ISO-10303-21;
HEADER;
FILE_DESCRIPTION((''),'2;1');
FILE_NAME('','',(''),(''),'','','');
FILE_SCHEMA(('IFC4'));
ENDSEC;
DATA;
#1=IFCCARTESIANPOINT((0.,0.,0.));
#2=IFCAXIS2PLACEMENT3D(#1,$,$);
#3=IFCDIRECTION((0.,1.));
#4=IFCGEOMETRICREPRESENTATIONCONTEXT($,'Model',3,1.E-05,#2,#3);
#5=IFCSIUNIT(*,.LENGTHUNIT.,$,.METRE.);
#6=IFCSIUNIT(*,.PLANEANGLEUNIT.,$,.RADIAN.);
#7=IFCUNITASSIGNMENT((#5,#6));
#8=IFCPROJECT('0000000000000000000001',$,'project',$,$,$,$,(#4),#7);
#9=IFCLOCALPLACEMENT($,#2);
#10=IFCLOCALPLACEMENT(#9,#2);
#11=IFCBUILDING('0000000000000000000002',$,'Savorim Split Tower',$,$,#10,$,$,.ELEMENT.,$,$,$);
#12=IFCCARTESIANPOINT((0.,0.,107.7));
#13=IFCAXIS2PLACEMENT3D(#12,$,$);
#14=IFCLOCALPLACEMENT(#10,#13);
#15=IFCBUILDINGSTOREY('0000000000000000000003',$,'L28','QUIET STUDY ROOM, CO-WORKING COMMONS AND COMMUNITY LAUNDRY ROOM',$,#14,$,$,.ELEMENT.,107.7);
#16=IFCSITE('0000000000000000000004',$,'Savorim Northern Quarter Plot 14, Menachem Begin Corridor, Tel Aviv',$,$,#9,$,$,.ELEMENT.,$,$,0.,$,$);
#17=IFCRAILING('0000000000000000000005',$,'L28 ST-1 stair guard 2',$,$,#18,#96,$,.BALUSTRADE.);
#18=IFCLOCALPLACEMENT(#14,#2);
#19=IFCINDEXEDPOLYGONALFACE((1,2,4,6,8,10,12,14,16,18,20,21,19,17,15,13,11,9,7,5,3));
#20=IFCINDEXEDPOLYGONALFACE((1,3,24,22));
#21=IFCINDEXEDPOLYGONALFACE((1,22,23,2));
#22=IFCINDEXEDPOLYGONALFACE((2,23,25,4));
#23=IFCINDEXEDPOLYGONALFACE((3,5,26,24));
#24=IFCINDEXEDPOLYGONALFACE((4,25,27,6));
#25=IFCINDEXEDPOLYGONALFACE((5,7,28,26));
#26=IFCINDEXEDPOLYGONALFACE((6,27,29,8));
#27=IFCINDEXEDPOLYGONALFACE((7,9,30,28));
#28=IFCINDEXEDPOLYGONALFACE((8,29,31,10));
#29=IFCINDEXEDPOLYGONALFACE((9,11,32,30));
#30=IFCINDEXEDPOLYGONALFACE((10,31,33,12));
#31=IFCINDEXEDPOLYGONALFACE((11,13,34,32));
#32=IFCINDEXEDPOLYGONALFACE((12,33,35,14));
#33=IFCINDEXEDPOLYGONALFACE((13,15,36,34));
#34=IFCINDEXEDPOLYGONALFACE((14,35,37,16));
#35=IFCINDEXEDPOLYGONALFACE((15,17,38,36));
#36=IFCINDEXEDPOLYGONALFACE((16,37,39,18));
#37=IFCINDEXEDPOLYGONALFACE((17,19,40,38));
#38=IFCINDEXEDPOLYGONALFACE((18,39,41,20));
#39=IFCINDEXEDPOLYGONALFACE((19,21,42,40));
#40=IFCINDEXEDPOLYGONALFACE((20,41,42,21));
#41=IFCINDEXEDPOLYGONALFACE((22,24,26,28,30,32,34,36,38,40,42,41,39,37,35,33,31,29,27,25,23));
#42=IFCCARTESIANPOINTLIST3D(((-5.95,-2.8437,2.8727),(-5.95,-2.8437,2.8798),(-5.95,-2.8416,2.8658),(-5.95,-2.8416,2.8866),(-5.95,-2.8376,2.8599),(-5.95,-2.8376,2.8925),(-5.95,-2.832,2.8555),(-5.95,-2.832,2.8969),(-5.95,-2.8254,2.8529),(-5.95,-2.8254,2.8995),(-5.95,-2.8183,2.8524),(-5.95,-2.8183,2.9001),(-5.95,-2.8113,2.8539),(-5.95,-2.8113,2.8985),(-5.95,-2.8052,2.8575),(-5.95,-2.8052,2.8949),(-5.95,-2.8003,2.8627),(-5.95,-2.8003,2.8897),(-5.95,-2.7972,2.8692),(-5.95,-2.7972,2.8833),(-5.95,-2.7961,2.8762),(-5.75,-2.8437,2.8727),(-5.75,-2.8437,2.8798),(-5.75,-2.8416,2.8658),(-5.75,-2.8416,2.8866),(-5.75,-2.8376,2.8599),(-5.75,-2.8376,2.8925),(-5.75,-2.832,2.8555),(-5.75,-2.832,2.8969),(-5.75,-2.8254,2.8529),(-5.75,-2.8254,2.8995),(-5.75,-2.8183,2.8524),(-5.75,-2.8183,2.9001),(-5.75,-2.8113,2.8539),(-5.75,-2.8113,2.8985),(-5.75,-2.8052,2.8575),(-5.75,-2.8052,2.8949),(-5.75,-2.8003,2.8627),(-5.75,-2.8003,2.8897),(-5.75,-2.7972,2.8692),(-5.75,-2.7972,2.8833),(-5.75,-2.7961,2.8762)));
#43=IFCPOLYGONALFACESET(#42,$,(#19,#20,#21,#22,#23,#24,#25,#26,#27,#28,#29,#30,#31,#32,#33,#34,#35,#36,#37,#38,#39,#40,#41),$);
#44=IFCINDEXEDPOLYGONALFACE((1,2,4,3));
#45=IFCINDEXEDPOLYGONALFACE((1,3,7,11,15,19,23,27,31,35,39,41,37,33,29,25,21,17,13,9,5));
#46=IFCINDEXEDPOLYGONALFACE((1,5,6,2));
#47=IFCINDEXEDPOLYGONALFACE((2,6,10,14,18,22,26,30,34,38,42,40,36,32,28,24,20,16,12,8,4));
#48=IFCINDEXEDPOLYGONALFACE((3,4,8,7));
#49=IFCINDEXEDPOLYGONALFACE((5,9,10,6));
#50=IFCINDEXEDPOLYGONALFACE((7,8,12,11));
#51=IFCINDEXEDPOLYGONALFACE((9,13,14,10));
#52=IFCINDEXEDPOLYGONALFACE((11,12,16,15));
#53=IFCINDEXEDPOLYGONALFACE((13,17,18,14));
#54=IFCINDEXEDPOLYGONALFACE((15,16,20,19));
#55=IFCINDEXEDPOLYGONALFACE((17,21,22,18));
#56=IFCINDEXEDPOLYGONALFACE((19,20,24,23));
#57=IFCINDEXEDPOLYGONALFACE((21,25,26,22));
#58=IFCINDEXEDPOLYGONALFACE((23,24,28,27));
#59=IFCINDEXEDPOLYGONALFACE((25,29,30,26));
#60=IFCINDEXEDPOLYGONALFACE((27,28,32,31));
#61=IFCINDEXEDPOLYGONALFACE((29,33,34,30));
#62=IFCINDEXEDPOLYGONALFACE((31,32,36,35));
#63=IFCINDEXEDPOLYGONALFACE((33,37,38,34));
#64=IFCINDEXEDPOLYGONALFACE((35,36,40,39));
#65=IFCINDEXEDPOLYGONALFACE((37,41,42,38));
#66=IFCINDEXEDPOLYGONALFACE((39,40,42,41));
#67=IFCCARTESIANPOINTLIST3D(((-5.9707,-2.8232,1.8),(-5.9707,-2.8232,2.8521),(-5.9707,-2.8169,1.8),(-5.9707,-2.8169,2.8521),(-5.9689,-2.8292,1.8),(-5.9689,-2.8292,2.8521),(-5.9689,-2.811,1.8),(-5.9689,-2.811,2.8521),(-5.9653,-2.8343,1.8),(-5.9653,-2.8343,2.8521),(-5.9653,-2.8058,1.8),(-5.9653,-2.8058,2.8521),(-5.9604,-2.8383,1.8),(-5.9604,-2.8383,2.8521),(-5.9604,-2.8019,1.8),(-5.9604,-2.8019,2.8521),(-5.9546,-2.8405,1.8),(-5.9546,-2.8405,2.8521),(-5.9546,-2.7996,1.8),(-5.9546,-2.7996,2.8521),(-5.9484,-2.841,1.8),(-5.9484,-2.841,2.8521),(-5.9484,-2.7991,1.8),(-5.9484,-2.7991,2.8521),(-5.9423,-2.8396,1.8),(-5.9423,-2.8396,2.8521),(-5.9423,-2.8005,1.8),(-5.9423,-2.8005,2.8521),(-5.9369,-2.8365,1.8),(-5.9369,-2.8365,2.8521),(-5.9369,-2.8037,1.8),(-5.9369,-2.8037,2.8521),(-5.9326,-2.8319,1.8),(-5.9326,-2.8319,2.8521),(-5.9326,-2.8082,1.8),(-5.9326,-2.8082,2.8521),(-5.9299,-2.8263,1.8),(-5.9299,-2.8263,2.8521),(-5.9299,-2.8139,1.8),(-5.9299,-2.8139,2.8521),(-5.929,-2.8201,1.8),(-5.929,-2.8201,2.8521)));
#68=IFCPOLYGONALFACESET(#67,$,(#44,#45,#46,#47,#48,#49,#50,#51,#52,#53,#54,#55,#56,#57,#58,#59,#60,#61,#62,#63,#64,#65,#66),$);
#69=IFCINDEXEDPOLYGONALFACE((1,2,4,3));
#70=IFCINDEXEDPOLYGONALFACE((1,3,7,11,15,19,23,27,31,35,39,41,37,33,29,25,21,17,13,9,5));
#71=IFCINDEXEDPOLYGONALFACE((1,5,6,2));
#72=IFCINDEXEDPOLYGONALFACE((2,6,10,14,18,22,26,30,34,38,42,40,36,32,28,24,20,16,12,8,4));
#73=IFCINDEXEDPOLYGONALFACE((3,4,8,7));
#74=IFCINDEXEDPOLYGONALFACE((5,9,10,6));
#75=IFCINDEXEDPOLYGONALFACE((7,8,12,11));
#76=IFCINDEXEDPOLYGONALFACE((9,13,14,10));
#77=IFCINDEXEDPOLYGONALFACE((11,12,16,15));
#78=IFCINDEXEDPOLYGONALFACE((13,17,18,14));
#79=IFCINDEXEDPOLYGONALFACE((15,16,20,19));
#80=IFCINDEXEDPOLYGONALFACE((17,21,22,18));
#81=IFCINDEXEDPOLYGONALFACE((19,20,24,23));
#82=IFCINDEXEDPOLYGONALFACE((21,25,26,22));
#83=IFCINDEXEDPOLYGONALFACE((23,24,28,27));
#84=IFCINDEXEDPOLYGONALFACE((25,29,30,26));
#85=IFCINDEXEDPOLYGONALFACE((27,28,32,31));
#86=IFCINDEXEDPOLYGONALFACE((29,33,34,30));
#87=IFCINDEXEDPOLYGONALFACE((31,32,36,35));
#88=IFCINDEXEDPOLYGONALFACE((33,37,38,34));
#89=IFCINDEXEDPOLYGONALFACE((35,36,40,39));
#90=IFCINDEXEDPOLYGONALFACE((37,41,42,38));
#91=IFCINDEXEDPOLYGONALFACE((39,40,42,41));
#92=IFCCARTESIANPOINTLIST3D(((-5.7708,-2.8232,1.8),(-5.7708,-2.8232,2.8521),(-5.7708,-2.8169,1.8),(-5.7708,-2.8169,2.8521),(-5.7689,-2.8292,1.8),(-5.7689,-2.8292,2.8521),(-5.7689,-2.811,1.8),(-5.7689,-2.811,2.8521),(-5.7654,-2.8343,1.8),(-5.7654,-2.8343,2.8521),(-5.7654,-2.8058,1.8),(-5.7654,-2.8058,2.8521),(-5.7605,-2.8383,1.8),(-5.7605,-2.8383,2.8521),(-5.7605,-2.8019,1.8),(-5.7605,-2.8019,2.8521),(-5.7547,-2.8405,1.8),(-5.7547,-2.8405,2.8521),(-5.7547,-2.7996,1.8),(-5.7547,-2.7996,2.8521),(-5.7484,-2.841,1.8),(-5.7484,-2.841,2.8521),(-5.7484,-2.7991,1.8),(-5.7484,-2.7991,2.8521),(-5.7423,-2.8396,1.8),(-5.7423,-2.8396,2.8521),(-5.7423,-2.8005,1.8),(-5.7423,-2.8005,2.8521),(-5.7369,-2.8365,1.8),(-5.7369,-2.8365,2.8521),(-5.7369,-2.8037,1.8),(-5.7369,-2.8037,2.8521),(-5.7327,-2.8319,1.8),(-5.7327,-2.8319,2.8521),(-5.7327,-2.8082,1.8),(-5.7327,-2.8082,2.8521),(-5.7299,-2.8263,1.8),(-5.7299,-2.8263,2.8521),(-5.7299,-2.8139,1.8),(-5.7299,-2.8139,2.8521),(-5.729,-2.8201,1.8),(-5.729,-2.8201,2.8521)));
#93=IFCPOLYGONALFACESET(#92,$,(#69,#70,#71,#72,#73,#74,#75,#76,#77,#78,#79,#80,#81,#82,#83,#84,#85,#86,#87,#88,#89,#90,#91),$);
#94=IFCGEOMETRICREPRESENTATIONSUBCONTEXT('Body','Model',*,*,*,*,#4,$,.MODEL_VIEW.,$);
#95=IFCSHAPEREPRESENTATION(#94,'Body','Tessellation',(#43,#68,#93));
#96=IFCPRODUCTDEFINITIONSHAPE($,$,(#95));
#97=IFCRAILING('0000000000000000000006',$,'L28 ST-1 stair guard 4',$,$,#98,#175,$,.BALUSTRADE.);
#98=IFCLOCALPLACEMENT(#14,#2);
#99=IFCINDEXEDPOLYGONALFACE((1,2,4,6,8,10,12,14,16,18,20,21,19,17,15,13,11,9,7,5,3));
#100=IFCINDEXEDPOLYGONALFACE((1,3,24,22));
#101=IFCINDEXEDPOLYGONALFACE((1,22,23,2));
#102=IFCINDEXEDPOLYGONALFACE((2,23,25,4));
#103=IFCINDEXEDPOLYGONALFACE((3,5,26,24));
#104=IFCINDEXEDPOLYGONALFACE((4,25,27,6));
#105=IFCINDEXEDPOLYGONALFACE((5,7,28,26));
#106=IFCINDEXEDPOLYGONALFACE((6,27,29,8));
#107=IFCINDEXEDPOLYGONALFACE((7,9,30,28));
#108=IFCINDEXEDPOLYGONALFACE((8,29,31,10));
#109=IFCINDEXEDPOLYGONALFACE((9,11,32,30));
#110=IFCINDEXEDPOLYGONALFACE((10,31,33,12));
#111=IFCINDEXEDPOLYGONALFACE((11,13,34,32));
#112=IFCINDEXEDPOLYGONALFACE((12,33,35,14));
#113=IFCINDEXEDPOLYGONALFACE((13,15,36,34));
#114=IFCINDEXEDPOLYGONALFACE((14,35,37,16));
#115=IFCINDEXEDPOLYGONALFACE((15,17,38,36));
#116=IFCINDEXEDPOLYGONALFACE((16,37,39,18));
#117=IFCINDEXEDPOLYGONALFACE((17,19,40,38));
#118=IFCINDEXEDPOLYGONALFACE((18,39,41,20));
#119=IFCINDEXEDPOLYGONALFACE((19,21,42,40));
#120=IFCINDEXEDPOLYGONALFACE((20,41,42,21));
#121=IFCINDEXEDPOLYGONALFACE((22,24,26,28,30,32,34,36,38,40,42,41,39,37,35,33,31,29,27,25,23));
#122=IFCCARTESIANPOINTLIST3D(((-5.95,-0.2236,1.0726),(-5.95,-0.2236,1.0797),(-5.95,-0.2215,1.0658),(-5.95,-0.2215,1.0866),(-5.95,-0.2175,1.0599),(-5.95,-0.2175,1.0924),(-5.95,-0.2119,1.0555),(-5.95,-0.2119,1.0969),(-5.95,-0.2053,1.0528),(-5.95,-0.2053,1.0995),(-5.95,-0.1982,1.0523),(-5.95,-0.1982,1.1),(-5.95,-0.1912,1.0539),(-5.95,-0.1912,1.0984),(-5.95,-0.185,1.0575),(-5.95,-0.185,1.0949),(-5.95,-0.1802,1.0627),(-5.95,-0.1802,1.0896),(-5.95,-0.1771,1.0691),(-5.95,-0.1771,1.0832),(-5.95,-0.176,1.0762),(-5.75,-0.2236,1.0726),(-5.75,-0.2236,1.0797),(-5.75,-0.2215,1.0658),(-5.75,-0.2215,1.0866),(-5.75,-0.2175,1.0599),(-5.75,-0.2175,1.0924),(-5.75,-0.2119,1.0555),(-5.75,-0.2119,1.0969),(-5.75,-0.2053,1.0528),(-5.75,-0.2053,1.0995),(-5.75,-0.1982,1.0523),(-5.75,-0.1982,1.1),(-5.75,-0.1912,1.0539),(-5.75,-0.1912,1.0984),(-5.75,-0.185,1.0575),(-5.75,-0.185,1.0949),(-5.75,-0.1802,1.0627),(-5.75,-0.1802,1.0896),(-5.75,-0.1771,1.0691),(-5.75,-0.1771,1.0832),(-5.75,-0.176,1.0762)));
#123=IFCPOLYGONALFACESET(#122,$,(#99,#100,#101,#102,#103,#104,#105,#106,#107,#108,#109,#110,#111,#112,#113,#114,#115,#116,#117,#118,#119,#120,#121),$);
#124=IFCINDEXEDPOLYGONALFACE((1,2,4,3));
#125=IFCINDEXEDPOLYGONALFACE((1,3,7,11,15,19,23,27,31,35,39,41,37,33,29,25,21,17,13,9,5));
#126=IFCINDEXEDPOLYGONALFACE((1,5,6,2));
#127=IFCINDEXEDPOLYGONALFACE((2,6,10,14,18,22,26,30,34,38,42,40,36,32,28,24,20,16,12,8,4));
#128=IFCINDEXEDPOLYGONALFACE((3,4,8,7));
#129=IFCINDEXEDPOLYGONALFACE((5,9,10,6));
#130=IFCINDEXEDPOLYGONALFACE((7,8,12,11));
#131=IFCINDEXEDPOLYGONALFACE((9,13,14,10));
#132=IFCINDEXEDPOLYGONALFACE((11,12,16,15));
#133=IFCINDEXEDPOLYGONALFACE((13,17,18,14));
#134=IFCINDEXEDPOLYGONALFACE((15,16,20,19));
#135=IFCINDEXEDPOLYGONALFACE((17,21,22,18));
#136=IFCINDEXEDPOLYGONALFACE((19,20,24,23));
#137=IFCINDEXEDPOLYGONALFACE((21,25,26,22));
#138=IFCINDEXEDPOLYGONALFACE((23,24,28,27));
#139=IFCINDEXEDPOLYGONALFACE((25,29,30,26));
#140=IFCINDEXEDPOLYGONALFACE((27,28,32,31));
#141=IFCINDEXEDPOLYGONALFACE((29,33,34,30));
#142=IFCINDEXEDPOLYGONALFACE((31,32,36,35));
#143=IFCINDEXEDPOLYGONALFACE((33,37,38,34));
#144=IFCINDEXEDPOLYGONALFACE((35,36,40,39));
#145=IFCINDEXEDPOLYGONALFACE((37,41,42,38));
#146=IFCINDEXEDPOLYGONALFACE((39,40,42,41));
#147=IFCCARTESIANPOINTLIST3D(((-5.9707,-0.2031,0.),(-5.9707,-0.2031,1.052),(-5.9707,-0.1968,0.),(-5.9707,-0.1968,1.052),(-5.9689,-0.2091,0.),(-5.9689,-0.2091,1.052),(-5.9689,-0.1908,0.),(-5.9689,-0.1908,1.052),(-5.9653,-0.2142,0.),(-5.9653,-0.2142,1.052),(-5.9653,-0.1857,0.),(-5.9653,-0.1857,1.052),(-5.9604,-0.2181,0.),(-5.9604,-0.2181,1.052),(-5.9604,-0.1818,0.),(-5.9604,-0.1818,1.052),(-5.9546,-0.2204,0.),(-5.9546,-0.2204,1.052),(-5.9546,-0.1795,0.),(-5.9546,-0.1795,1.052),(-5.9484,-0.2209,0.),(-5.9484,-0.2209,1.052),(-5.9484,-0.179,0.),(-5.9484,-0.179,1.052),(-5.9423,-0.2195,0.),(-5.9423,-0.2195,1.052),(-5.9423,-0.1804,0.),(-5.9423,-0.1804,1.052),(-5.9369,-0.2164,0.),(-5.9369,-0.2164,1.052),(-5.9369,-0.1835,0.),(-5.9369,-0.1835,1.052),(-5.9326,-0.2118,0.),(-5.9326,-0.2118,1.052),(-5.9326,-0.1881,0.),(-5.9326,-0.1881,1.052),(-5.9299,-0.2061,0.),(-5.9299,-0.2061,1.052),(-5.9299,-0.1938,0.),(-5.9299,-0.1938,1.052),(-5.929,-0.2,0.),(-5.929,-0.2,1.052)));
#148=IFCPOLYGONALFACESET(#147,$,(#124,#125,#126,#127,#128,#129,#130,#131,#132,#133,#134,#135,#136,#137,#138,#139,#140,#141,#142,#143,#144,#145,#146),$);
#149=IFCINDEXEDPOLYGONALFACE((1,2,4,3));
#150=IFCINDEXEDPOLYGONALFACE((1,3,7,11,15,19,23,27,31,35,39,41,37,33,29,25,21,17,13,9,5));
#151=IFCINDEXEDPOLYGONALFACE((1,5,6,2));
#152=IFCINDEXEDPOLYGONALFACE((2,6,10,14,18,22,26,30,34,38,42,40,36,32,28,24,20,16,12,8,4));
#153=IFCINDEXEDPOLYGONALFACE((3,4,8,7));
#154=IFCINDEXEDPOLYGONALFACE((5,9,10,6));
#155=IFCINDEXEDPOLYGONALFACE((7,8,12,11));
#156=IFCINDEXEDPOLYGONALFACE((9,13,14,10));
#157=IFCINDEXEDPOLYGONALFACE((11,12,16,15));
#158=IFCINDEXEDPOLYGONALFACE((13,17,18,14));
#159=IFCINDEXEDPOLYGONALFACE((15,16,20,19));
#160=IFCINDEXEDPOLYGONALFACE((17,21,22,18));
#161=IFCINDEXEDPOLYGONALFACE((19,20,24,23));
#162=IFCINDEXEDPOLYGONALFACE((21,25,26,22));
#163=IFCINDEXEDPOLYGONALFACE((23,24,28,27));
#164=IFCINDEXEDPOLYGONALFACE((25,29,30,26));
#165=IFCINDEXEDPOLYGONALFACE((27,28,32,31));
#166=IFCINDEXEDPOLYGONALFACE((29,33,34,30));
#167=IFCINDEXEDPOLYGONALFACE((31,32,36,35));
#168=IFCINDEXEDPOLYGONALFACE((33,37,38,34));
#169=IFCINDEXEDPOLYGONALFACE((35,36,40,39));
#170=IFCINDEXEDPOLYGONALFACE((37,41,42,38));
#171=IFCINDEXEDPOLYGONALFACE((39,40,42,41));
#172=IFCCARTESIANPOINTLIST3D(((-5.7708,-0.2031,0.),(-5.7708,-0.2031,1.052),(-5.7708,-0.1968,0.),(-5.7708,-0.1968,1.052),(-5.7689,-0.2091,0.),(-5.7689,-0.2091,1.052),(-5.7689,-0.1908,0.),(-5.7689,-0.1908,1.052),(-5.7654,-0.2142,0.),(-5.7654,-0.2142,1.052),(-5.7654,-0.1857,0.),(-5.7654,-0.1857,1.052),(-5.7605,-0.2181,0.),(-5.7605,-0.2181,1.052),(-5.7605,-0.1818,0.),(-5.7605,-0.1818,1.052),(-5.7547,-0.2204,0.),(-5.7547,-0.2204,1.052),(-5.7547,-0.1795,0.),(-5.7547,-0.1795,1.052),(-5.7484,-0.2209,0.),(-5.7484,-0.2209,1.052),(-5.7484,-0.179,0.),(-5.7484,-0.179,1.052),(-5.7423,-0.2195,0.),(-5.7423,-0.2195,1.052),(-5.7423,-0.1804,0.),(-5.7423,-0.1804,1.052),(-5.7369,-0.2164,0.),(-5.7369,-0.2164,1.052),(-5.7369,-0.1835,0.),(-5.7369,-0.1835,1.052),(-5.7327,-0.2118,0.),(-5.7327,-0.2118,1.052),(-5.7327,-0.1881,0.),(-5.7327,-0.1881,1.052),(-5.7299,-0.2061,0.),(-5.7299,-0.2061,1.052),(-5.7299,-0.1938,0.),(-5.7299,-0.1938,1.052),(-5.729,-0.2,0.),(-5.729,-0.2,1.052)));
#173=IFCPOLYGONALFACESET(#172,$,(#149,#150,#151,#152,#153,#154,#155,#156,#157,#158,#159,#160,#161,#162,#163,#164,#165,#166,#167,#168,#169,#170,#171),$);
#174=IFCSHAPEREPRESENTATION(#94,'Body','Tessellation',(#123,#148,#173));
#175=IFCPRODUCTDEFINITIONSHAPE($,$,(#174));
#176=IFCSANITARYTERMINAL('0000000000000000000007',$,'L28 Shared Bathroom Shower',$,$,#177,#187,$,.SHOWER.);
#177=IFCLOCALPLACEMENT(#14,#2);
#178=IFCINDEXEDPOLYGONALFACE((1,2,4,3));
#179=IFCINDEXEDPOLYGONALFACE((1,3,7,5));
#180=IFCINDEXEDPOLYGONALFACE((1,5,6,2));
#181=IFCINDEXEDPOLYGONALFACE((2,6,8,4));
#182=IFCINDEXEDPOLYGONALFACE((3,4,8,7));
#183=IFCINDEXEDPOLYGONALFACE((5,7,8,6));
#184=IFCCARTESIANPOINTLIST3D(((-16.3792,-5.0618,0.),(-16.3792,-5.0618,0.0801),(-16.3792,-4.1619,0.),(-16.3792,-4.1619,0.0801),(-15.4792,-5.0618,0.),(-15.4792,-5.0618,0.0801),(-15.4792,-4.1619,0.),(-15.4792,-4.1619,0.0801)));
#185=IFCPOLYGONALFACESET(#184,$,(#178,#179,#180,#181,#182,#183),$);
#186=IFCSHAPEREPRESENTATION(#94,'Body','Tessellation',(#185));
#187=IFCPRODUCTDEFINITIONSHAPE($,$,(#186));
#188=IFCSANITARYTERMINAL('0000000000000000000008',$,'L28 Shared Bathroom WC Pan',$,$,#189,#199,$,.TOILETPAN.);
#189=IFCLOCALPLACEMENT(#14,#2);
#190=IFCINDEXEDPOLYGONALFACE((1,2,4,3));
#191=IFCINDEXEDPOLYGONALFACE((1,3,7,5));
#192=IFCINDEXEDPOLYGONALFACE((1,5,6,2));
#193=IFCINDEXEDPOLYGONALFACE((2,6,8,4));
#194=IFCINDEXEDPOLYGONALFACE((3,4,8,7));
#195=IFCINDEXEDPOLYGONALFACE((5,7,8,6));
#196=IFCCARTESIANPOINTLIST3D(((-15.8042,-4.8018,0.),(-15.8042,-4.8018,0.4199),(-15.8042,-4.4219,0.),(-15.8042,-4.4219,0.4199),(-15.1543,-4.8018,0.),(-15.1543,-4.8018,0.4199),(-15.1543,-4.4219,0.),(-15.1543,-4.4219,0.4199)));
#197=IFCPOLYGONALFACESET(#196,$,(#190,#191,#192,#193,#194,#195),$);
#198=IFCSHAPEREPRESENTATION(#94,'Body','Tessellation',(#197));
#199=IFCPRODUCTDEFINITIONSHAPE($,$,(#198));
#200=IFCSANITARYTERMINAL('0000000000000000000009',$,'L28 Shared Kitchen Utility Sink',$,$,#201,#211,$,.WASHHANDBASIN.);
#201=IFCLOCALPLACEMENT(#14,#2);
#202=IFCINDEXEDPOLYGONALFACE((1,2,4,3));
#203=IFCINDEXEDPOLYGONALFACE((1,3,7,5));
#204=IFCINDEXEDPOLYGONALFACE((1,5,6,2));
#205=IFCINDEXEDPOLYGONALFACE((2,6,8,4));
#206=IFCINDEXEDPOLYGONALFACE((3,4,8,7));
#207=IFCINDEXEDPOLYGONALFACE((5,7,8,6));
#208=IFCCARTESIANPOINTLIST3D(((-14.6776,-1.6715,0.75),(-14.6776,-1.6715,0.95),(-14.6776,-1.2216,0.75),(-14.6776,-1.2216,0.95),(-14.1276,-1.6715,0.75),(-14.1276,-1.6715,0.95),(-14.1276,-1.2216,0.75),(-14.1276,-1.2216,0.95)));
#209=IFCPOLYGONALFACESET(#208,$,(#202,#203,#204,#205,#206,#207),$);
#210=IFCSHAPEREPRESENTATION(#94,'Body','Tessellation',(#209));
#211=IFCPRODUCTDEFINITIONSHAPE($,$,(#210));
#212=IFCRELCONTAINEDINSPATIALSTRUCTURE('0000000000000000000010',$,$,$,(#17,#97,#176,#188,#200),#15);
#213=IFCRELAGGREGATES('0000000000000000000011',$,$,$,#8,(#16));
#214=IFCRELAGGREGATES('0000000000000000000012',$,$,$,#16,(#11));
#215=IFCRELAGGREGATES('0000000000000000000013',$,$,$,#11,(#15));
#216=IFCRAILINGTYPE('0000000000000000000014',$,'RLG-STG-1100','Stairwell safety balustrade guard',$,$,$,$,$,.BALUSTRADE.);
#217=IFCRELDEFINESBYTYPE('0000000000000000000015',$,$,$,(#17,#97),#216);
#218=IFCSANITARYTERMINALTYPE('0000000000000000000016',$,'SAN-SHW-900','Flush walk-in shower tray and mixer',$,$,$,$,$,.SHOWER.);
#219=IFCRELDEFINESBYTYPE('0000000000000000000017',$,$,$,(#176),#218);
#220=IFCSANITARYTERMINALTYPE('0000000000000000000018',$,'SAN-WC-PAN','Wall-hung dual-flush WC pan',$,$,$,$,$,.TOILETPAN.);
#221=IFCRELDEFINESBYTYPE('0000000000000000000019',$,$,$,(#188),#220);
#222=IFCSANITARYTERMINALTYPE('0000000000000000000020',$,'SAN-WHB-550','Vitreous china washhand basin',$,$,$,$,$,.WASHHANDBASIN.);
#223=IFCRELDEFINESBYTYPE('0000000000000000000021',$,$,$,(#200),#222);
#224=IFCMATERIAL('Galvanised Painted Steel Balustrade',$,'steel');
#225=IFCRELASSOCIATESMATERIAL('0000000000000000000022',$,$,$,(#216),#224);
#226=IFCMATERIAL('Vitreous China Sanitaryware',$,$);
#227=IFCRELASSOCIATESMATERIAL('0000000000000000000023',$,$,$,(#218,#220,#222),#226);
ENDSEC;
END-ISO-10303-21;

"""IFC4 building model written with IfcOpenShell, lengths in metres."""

from ifc_helpers import new_model, si_unit, direction, frame, origin, origin_2d, place, context, subcontext, project, spatial, rectangle, circle, extrude, material, type_object, element, save


model = new_model("IFC4")

# Units and contexts
model_context = context("Model", 3, precision=1e-05, world=origin(), true_north=direction((0.0, 1.0)))
body_context = subcontext(model_context, "Body", "Model", "MODEL_VIEW")
ifc_project = project(units=[si_unit("LENGTHUNIT", "METRE"), si_unit("PLANEANGLEUNIT", "RADIAN")], contexts=[model_context])

# Site, building, storey
site_placement = place(None, origin())
site = spatial("IfcSite", under=ifc_project, at=site_placement, Name="Savorim Northern Quarter Plot 14, Menachem Begin Corridor, Tel Aviv", CompositionType="ELEMENT", RefElevation=0.0)
building_placement = place(site_placement, origin())
building = spatial("IfcBuilding", under=site, at=building_placement, Name="Savorim Split Tower", CompositionType="ELEMENT")
storey_placement = place(building_placement, frame((0.0, 0.0, 107.7)))
storey = spatial("IfcBuildingStorey", under=building, at=storey_placement, Name="L28", Description="QUIET STUDY ROOM, CO-WORKING COMMONS AND COMMUNITY LAUNDRY ROOM", CompositionType="ELEMENT", Elevation=107.7)

# Railings
ifc_material_1 = material(Name="Galvanised Painted Steel Balustrade", Category="steel")
railing_type_1 = type_object("IfcRailingType", Name="RLG-STG-1100", Description="Stairwell safety balustrade guard", PredefinedType="BALUSTRADE", material=ifc_material_1)
for number, where, name in (
    (1, (-5.95, -2.8201, 1.8), "L28 ST-1 stair guard 2"),
    (2, (-5.95, -0.2, 0.0), "L28 ST-1 stair guard 4"),
):
    element("IfcRailing", number, at=place(storey_placement, frame(where)), inside=storey, type_object=railing_type_1, Name=name, PredefinedType="BALUSTRADE", context=body_context, shape_type="SweptSolid", body=[
        extrude(circle(Radius=0.0239, at=origin_2d()), frame((0.0, 0.0, 1.0762), z_axis=(1.0, 0.0, 0.0), x_axis=(0.0, 1.0, 0.0)), (0.0, 0.0, 1.0), 0.2),
        extrude(circle(Radius=0.021, at=origin_2d()), origin(), (0.0, 0.0, 1.0), 1.052),
        extrude(circle(Radius=0.021, at=origin_2d()), frame((0.2, 0.0, 0.0)), (0.0, 0.0, 1.0), 1.052),
    ])

# Sanitary terminals
ifc_material_2 = material(Name="Vitreous China Sanitaryware")
sanitary_terminal_type_1 = type_object("IfcSanitaryTerminalType", Name="SAN-SHW-900", Description="Flush walk-in shower tray and mixer", PredefinedType="SHOWER", material=ifc_material_2)
sanitary_terminal_1_placement = place(storey_placement, frame((-15.9292, -4.6118, 0.0), z_axis=(0.0, 0.0, 1.0), x_axis=(1.0, 0.0, 0.0)))
element("IfcSanitaryTerminal", 3, at=sanitary_terminal_1_placement, inside=storey, type_object=sanitary_terminal_type_1, Name="L28 Shared Bathroom Shower", PredefinedType="SHOWER", context=body_context, shape_type="SweptSolid", body=[
    extrude(rectangle(XDim=0.8999, YDim=0.8999, at=origin_2d()), origin(), (0.0, 0.0, 1.0), 0.0801),
])
sanitary_terminal_type_2 = type_object("IfcSanitaryTerminalType", Name="SAN-WC-PAN", Description="Wall-hung dual-flush WC pan", PredefinedType="TOILETPAN", material=ifc_material_2)
sanitary_terminal_2_placement = place(storey_placement, frame((-15.4792, -4.6118, 0.0), z_axis=(0.0, 0.0, 1.0), x_axis=(1.0, 0.0, 0.0)))
element("IfcSanitaryTerminal", 4, at=sanitary_terminal_2_placement, inside=storey, type_object=sanitary_terminal_type_2, Name="L28 Shared Bathroom WC Pan", PredefinedType="TOILETPAN", context=body_context, shape_type="SweptSolid", body=[
    extrude(rectangle(XDim=0.6499, YDim=0.3799, at=origin_2d()), origin(), (0.0, 0.0, 1.0), 0.4199),
])
sanitary_terminal_type_3 = type_object("IfcSanitaryTerminalType", Name="SAN-WHB-550", Description="Vitreous china washhand basin", PredefinedType="WASHHANDBASIN", material=ifc_material_2)
for number, where, z_axis, x_axis, name in (
    (5, (-14.4026, -1.4465, 0.75), (0.0, 0.0, 1.0), (1.0, 0.0, 0.0), "L28 Shared Kitchen Utility Sink"),
):
    element("IfcSanitaryTerminal", number, at=place(storey_placement, frame(where, z_axis=z_axis, x_axis=x_axis)), inside=storey, type_object=sanitary_terminal_type_3, Name=name, PredefinedType="WASHHANDBASIN", context=body_context, shape_type="SweptSolid", body=[
        extrude(rectangle(XDim=0.55, YDim=0.45, at=origin_2d()), origin(), (0.0, 0.0, 1.0), 0.2),
    ])

save(model, "model.ifc")
